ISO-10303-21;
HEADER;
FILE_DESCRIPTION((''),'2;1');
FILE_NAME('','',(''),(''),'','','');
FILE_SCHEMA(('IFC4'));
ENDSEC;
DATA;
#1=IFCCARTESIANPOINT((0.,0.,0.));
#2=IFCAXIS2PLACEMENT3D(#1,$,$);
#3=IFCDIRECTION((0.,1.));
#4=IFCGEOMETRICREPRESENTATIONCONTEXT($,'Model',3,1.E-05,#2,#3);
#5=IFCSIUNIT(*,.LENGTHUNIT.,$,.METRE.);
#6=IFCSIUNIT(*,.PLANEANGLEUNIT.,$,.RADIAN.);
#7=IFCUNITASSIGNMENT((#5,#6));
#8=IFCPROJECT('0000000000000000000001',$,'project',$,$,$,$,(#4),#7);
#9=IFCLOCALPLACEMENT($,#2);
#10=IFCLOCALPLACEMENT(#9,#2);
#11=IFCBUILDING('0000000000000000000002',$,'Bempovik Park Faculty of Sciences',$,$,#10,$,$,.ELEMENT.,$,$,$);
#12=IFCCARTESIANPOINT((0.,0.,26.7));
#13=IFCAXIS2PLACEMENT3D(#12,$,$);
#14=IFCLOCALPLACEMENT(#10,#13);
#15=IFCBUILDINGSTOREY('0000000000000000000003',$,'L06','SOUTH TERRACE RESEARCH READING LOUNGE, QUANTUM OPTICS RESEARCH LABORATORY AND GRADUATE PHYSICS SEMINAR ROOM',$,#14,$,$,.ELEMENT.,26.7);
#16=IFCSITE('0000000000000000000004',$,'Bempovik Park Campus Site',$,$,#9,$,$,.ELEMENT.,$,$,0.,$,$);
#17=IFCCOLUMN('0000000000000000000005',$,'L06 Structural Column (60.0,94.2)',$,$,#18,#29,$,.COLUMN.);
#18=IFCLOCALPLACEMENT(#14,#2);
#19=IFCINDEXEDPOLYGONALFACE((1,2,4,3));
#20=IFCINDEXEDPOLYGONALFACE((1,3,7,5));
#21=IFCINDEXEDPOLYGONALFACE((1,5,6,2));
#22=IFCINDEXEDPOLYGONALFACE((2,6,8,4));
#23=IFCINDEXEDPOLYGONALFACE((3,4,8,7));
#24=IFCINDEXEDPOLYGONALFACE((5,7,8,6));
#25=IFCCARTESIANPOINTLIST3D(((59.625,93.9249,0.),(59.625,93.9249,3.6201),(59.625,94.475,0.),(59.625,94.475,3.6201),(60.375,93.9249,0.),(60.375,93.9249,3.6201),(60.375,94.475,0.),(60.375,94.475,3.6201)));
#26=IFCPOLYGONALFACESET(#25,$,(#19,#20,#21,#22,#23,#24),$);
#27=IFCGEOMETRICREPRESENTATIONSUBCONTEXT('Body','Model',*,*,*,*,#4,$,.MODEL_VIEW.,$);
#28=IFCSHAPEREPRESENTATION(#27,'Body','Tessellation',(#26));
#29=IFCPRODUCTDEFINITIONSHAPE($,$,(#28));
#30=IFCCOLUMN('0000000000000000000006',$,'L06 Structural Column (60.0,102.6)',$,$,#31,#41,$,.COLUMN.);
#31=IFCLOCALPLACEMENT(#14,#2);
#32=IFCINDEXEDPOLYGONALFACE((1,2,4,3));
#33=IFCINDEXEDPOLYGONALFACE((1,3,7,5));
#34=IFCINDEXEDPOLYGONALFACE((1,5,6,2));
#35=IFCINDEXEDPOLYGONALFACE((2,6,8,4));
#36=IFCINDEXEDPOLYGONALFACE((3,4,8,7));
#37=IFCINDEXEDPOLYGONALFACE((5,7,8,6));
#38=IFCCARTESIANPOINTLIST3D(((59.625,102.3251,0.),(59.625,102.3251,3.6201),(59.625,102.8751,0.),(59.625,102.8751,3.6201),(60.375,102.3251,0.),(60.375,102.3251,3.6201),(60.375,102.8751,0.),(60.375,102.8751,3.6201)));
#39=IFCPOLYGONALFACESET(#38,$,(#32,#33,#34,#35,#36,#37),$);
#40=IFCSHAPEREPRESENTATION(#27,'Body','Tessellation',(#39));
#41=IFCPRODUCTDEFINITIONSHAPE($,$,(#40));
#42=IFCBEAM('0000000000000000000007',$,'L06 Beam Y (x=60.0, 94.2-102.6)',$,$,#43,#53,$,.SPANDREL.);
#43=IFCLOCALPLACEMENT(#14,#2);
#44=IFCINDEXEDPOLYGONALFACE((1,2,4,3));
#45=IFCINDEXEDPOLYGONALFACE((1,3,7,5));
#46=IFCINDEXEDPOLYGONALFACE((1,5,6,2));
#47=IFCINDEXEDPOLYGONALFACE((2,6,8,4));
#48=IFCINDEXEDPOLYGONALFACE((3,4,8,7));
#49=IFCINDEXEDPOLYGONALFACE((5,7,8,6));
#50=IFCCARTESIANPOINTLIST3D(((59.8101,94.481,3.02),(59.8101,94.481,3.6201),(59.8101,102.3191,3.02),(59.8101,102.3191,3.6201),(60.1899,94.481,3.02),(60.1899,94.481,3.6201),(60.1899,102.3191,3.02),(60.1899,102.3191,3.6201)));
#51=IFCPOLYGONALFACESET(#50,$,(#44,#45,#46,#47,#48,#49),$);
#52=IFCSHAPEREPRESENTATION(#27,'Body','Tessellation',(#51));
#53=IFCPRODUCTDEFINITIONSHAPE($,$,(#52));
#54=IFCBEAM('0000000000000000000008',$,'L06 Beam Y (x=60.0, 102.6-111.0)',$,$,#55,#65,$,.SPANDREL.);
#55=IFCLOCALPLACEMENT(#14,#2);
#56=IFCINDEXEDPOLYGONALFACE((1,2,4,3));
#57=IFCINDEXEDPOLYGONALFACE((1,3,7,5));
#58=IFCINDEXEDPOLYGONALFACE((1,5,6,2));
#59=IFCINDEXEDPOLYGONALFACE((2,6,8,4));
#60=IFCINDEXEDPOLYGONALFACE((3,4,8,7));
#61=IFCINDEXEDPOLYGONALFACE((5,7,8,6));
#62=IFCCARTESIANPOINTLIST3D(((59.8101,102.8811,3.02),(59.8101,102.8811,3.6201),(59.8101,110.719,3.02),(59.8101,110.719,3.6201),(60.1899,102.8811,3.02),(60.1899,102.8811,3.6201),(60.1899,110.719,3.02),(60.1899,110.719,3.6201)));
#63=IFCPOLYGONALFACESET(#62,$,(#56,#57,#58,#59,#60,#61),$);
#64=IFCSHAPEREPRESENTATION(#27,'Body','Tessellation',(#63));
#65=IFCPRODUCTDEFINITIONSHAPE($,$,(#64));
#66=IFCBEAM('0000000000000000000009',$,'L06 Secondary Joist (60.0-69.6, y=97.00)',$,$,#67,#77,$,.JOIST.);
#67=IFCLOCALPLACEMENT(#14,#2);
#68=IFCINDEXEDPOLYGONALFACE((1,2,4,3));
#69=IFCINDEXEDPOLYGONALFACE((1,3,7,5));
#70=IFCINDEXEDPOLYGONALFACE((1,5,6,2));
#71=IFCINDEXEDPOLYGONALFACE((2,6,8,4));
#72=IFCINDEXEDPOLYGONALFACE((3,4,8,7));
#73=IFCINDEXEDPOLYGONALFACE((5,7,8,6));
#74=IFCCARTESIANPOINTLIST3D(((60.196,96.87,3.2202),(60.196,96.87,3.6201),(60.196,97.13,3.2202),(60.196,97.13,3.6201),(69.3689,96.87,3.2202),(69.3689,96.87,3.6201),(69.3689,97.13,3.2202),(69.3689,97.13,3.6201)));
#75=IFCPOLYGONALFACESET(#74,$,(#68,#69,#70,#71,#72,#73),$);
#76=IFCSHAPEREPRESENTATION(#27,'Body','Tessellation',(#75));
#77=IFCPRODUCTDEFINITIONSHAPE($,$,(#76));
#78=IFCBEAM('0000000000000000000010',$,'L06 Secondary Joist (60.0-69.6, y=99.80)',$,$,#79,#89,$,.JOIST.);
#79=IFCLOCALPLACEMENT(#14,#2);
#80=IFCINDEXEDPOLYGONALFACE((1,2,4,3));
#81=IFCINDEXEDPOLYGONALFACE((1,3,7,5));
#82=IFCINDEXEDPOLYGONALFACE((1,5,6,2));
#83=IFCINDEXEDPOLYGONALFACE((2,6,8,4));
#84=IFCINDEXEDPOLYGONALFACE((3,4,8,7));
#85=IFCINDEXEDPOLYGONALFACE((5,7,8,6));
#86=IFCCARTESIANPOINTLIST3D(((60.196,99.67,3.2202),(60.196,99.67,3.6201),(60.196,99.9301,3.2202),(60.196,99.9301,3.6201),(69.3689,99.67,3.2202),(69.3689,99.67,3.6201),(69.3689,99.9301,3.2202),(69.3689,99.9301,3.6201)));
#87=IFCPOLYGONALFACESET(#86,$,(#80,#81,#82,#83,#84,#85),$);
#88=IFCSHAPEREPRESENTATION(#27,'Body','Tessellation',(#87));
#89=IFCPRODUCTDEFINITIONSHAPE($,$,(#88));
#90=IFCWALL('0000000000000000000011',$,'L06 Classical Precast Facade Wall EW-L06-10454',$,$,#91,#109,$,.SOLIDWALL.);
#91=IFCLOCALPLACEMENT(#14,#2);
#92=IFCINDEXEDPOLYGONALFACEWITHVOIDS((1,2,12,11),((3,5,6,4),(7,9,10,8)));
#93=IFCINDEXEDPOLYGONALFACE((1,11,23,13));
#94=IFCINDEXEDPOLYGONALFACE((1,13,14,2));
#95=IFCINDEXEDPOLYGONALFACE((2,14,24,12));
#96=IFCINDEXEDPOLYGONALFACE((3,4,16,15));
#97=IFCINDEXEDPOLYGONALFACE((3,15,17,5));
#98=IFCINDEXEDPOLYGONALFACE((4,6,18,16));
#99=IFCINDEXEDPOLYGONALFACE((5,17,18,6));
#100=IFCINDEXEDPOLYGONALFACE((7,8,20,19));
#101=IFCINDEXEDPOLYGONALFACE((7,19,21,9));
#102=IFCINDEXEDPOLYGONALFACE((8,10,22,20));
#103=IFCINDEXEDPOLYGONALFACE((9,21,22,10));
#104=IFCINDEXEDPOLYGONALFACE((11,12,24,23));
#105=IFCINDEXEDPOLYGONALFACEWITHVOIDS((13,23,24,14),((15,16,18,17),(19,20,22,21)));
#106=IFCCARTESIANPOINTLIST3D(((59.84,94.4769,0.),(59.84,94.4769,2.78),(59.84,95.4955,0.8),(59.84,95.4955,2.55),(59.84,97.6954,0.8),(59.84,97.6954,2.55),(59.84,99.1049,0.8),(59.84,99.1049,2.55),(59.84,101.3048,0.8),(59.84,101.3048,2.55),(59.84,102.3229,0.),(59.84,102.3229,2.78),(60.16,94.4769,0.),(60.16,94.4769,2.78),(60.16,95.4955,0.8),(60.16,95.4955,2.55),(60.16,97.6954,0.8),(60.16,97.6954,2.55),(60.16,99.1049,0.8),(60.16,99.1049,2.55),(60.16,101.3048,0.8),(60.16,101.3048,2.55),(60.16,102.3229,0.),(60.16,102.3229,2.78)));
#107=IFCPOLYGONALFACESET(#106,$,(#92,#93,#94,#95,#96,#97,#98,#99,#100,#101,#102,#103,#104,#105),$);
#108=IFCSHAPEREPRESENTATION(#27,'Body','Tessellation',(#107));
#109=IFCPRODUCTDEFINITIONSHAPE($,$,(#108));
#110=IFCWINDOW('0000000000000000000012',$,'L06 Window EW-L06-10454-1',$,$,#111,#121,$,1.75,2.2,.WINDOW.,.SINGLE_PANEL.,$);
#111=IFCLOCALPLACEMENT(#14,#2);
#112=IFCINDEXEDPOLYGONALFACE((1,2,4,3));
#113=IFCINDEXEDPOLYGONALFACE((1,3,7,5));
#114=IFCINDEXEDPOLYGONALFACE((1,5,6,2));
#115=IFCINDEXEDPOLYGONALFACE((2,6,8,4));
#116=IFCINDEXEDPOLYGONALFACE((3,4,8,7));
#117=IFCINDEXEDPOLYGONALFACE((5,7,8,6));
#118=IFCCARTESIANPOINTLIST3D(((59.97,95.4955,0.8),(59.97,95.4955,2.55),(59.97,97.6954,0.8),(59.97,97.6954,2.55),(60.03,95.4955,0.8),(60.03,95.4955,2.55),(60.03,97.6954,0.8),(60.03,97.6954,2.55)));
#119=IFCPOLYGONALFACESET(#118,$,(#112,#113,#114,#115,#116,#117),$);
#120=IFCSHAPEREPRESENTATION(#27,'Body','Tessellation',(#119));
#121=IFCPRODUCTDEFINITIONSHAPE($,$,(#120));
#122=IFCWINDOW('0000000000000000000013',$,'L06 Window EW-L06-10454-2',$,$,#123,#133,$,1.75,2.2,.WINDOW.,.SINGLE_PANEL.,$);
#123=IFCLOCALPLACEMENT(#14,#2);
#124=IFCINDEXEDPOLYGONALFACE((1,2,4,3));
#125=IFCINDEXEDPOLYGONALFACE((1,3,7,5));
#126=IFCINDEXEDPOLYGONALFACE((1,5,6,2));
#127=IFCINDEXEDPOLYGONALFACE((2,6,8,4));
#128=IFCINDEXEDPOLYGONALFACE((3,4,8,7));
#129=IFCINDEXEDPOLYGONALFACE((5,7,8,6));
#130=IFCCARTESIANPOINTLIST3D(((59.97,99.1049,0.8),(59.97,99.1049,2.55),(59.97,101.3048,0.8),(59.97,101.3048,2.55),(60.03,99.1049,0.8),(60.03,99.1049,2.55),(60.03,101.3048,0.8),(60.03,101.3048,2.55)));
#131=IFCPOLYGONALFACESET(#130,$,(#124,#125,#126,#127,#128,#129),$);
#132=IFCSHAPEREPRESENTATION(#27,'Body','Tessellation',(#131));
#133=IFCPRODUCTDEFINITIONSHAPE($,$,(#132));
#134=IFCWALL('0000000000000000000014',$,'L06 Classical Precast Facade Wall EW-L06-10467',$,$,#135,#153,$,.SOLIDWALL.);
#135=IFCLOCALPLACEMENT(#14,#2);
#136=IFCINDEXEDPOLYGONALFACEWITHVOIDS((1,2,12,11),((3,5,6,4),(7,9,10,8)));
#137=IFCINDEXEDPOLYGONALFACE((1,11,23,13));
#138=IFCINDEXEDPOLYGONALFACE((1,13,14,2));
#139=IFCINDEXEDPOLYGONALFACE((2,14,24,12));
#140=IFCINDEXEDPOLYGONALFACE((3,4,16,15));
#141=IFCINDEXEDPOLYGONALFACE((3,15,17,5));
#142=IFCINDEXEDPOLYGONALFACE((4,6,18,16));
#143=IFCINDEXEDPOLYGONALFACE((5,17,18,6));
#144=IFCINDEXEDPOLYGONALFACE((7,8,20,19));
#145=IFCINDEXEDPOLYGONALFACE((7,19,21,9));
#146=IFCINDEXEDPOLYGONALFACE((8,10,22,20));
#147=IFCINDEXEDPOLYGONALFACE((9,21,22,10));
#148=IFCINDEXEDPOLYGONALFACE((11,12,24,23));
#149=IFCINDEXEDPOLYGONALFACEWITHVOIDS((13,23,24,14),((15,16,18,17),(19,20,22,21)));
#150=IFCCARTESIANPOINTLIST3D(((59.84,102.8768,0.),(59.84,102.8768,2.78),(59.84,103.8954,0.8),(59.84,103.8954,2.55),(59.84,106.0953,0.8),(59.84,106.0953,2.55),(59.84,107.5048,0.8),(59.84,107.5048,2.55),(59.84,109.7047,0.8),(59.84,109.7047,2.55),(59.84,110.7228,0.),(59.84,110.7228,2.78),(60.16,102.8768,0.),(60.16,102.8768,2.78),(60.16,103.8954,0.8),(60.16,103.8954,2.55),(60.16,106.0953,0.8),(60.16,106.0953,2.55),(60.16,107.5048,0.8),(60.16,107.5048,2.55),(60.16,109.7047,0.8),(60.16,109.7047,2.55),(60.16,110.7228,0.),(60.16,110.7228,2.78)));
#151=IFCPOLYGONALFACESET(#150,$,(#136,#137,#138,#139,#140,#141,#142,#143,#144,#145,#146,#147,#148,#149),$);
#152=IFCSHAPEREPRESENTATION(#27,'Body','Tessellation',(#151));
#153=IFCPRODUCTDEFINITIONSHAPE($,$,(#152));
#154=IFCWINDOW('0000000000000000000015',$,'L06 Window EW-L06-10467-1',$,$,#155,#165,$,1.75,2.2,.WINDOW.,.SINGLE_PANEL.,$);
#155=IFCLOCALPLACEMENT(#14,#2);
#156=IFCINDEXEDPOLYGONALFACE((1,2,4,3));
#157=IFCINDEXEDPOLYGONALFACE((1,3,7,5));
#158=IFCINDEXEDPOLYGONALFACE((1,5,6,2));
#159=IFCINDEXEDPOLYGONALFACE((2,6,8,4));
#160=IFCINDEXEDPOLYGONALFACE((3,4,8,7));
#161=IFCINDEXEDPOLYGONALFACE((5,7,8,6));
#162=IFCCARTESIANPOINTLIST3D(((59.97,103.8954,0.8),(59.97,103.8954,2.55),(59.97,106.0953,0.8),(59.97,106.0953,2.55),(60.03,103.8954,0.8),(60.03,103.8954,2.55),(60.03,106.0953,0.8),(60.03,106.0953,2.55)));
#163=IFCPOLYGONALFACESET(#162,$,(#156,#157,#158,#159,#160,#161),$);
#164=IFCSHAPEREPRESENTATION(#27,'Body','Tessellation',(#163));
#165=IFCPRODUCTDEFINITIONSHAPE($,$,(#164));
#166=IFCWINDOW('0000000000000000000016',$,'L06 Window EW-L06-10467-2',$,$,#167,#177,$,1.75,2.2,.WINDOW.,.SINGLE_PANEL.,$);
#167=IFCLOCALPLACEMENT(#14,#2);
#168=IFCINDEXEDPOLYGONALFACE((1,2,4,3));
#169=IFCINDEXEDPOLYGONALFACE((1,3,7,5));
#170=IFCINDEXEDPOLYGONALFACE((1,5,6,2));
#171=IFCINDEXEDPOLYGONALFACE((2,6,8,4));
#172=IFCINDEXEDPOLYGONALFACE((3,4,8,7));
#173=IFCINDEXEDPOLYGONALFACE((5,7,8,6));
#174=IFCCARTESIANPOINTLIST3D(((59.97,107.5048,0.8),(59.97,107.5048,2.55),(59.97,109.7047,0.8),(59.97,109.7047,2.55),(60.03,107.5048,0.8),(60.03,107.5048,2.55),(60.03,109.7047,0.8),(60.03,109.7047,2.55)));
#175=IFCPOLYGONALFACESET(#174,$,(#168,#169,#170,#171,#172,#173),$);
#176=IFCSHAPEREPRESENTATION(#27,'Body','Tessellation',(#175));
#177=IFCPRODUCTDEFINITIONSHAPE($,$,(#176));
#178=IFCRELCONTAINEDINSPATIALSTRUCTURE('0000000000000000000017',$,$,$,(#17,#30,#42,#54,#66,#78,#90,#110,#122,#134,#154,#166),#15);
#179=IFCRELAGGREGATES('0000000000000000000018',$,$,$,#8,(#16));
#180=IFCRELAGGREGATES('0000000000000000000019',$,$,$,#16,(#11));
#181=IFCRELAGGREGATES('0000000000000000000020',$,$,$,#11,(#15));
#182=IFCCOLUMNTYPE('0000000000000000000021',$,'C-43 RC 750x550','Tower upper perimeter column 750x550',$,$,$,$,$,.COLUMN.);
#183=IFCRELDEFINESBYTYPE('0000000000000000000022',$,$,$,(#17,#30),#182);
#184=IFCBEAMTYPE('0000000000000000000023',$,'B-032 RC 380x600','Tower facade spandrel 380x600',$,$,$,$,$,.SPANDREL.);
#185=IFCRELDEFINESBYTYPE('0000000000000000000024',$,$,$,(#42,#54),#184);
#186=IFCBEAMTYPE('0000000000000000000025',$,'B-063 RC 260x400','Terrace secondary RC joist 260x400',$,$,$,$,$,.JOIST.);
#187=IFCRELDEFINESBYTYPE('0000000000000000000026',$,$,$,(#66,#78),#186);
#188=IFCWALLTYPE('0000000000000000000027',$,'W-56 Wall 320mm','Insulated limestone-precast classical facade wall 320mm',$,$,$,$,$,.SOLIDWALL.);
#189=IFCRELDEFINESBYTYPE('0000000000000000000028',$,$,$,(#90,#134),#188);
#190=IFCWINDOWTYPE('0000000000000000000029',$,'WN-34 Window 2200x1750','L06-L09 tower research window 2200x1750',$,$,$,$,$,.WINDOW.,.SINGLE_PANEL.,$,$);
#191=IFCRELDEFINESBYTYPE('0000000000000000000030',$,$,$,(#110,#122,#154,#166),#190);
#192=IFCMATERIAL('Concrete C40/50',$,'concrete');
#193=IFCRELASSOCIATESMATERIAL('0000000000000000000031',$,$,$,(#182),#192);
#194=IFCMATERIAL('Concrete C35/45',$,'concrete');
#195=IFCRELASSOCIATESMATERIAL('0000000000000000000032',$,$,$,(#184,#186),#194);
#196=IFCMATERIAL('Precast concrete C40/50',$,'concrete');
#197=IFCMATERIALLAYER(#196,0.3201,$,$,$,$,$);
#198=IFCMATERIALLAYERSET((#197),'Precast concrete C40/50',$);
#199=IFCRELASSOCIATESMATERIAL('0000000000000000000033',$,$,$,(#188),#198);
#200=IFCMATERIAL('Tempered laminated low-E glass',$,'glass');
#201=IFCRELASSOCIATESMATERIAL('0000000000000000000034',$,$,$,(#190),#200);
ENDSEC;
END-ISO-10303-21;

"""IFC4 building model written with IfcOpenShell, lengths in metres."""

from ifc_helpers import new_model, si_unit, direction, frame, frame_2d, origin, origin_2d, place, context, subcontext, project, spatial, rectangle, extrude, material, layer, layer_set, material_profile, profile_set, type_object, element, fill, save


model = new_model("IFC4")

# Units and contexts
model_context = context("Model", 3, precision=1e-05, world=origin(), true_north=direction((0.0, 1.0)))
body_context = subcontext(model_context, "Body", "Model", "MODEL_VIEW")
ifc_project = project(units=[si_unit("LENGTHUNIT", "METRE"), si_unit("PLANEANGLEUNIT", "RADIAN")], contexts=[model_context])

# Site, building, storey
site_placement = place(None, origin())
site = spatial("IfcSite", under=ifc_project, at=site_placement, Name="Bempovik Park Campus Site", CompositionType="ELEMENT", RefElevation=0.0)
building_placement = place(site_placement, origin())
building = spatial("IfcBuilding", under=site, at=building_placement, Name="Bempovik Park Faculty of Sciences", CompositionType="ELEMENT")
storey_placement = place(building_placement, frame((0.0, 0.0, 26.7)))
storey = spatial("IfcBuildingStorey", under=building, at=storey_placement, Name="L06", Description="SOUTH TERRACE RESEARCH READING LOUNGE, QUANTUM OPTICS RESEARCH LABORATORY AND GRADUATE PHYSICS SEMINAR ROOM", CompositionType="ELEMENT", Elevation=26.7)

# Columns
ifc_material_1 = material(Name="Concrete C40/50", Category="concrete")
ifc_material_profile_1 = material_profile(ifc_material_1, rectangle(XDim=0.75, YDim=0.55, at=origin_2d()), Name="RC 750x550")
ifc_profile_set_1 = profile_set([ifc_material_profile_1], Name="Concrete C40/50")
column_type = type_object("IfcColumnType", Name="C-43 RC 750x550", Description="Tower upper perimeter column 750x550", PredefinedType="COLUMN", material=ifc_profile_set_1)
for number, where, z_axis, x_axis, name in (
    (1, (60.0, 94.2, 0.0), (0.0, 0.0, 1.0), (1.0, 0.0, 0.0), "L06 Structural Column (60.0,94.2)"),
    (2, (60.0, 102.6001, 0.0), (0.0, 0.0, 1.0), (1.0, 0.0, 0.0), "L06 Structural Column (60.0,102.6)"),
):
    element("IfcColumn", number, at=place(storey_placement, frame(where, z_axis=z_axis, x_axis=x_axis)), inside=storey, type_object=column_type, Name=name, PredefinedType="COLUMN", context=body_context, shape_type="SweptSolid", body=[
        extrude(rectangle(XDim=0.75, YDim=0.55, at=origin_2d()), origin(), (0.0, 0.0, 1.0), 3.6201),
    ])

# Beams
ifc_material_2 = material(Name="Concrete C35/45", Category="concrete")
ifc_material_profile_2 = material_profile(ifc_material_2, rectangle(XDim=0.3799, YDim=0.6001, at=origin_2d()), Name="RC 380x600")
ifc_profile_set_2 = profile_set([ifc_material_profile_2], Name="Concrete C35/45")
beam_type_1 = type_object("IfcBeamType", Name="B-032 RC 380x600", Description="Tower facade spandrel 380x600", PredefinedType="SPANDREL", material=ifc_profile_set_2)
beam_1_placement = place(storey_placement, frame((60.0, 94.481, 3.3201), z_axis=(0.0, 1.0, 0.0), x_axis=(-1.0, 0.0, 0.0)))
element("IfcBeam", 3, at=beam_1_placement, inside=storey, type_object=beam_type_1, Name="L06 Beam Y (x=60.0, 94.2-102.6)", PredefinedType="SPANDREL", context=body_context, shape_type="SweptSolid", body=[
    extrude(rectangle(XDim=0.3799, YDim=0.6001, at=origin_2d()), origin(), (0.0, 0.0, 1.0), 7.8381),
])
beam_2_placement = place(storey_placement, frame((60.0, 102.8811, 3.3201), z_axis=(0.0, 1.0, 0.0), x_axis=(-1.0, 0.0, 0.0)))
element("IfcBeam", 4, at=beam_2_placement, inside=storey, type_object=beam_type_1, Name="L06 Beam Y (x=60.0, 102.6-111.0)", PredefinedType="SPANDREL", context=body_context, shape_type="SweptSolid", body=[
    extrude(rectangle(XDim=0.3799, YDim=0.6001, at=origin_2d()), origin(), (0.0, 0.0, 1.0), 7.8379),
])
ifc_material_profile_3 = material_profile(ifc_material_2, rectangle(XDim=0.26, YDim=0.3999, at=origin_2d()), Name="RC 260x400")
ifc_profile_set_3 = profile_set([ifc_material_profile_3], Name="Concrete C35/45")
beam_type_2 = type_object("IfcBeamType", Name="B-063 RC 260x400", Description="Terrace secondary RC joist 260x400", PredefinedType="JOIST", material=ifc_profile_set_3)
for number, where, z_axis, x_axis, name in (
    (5, (60.196, 97.0, 3.4202), (1.0, 0.0, 0.0), (0.0, 1.0, 0.0), "L06 Secondary Joist (60.0-69.6, y=97.00)"),
    (6, (60.196, 99.8, 3.4202), (1.0, 0.0, 0.0), (0.0, 1.0, 0.0), "L06 Secondary Joist (60.0-69.6, y=99.80)"),
):
    element("IfcBeam", number, at=place(storey_placement, frame(where, z_axis=z_axis, x_axis=x_axis)), inside=storey, type_object=beam_type_2, Name=name, PredefinedType="JOIST", context=body_context, shape_type="SweptSolid", body=[
        extrude(rectangle(XDim=0.26, YDim=0.3999, at=origin_2d()), origin(), (0.0, 0.0, 1.0), 9.1729),
    ])

# Walls, openings, windows
ifc_material_3 = material(Name="Precast concrete C40/50", Category="concrete")
ifc_layer_1 = layer(ifc_material_3, 0.3201)
ifc_layer_set_1 = layer_set([ifc_layer_1], Name="Precast concrete C40/50")
wall_type = type_object("IfcWallType", Name="W-56 Wall 320mm", Description="Insulated limestone-precast classical facade wall 320mm", PredefinedType="SOLIDWALL", material=ifc_layer_set_1)
wall_1_placement = place(storey_placement, frame((60.0, 94.4771, 0.0), z_axis=(0.0, 0.0, 1.0), x_axis=(0.0, 1.0, 0.0)))
wall_1 = element("IfcWall", 7, at=wall_1_placement, inside=storey, type_object=wall_type, Name="L06 Classical Precast Facade Wall EW-L06-10454", PredefinedType="SOLIDWALL", context=body_context, shape_type="SweptSolid", body=[
    extrude(rectangle(XDim=7.8459, YDim=0.3201, at=frame_2d((3.9229, 0.0))), origin(), (0.0, 0.0, 1.0), 2.78),
])
opening_1_placement = place(wall_1_placement, frame((1.0183, 0.0, 0.8)))
opening_1 = element("IfcOpeningElement", 8, at=opening_1_placement, cuts=wall_1, PredefinedType="OPENING", context=body_context, shape_type="SweptSolid", body=[
    extrude(rectangle(XDim=2.2, YDim=1.75, at=frame_2d((1.1001, 0.875))), frame((0.0, 0.1699, 0.0), z_axis=(0.0, -1.0, 0.0), x_axis=(1.0, 0.0, 0.0)), (0.0, 0.0, 1.0), 0.3401),
])
opening_2_placement = place(wall_1_placement, frame((4.6277, 0.0, 0.8)))
opening_2 = element("IfcOpeningElement", 9, at=opening_2_placement, cuts=wall_1, PredefinedType="OPENING", context=body_context, shape_type="SweptSolid", body=[
    extrude(rectangle(XDim=2.2, YDim=1.75, at=frame_2d((1.1001, 0.875))), frame((0.0, 0.1699, 0.0), z_axis=(0.0, -1.0, 0.0), x_axis=(1.0, 0.0, 0.0)), (0.0, 0.0, 1.0), 0.3401),
])
ifc_material_4 = material(Name="Tempered laminated low-E glass", Category="glass")
window_type = type_object("IfcWindowType", Name="WN-34 Window 2200x1750", Description="L06-L09 tower research window 2200x1750", PartitioningType="SINGLE_PANEL", PredefinedType="WINDOW", material=ifc_material_4)
window_1_placement = place(opening_1_placement, origin())
window_1 = element("IfcWindow", 10, at=window_1_placement, inside=storey, type_object=window_type, Name="L06 Window EW-L06-10454-1", OverallHeight=1.75, OverallWidth=2.2, PartitioningType="SINGLE_PANEL", PredefinedType="WINDOW", context=body_context, shape_type="SweptSolid", body=[
    extrude(rectangle(XDim=2.2, YDim=1.75, at=frame_2d((1.1001, 0.875))), frame((0.0, 0.03, 0.0), z_axis=(0.0, -1.0, 0.0), x_axis=(1.0, 0.0, 0.0)), (0.0, 0.0, 1.0), 0.0601),
])
fill(opening_1, window_1)
window_2_placement = place(opening_2_placement, origin())
window_2 = element("IfcWindow", 11, at=window_2_placement, inside=storey, type_object=window_type, Name="L06 Window EW-L06-10454-2", OverallHeight=1.75, OverallWidth=2.2, PartitioningType="SINGLE_PANEL", PredefinedType="WINDOW", context=body_context, shape_type="SweptSolid", body=[
    extrude(rectangle(XDim=2.2, YDim=1.75, at=frame_2d((1.1001, 0.875))), frame((0.0, 0.03, 0.0), z_axis=(0.0, -1.0, 0.0), x_axis=(1.0, 0.0, 0.0)), (0.0, 0.0, 1.0), 0.0601),
])
fill(opening_2, window_2)
wall_2_placement = place(storey_placement, frame((60.0, 102.877, 0.0), z_axis=(0.0, 0.0, 1.0), x_axis=(0.0, 1.0, 0.0)))
wall_2 = element("IfcWall", 12, at=wall_2_placement, inside=storey, type_object=wall_type, Name="L06 Classical Precast Facade Wall EW-L06-10467", PredefinedType="SOLIDWALL", context=body_context, shape_type="SweptSolid", body=[
    extrude(rectangle(XDim=7.8459, YDim=0.3201, at=frame_2d((3.9229, 0.0))), origin(), (0.0, 0.0, 1.0), 2.78),
])
opening_3_placement = place(wall_2_placement, frame((1.0183, 0.0, 0.8)))
opening_3 = element("IfcOpeningElement", 13, at=opening_3_placement, cuts=wall_2, PredefinedType="OPENING", context=body_context, shape_type="SweptSolid", body=[
    extrude(rectangle(XDim=2.2, YDim=1.75, at=frame_2d((1.1001, 0.875))), frame((0.0, 0.1699, 0.0), z_axis=(0.0, -1.0, 0.0), x_axis=(1.0, 0.0, 0.0)), (0.0, 0.0, 1.0), 0.3401),
])
opening_4_placement = place(wall_2_placement, frame((4.6277, 0.0, 0.8)))
opening_4 = element("IfcOpeningElement", 14, at=opening_4_placement, cuts=wall_2, PredefinedType="OPENING", context=body_context, shape_type="SweptSolid", body=[
    extrude(rectangle(XDim=2.2, YDim=1.75, at=frame_2d((1.1001, 0.875))), frame((0.0, 0.1699, 0.0), z_axis=(0.0, -1.0, 0.0), x_axis=(1.0, 0.0, 0.0)), (0.0, 0.0, 1.0), 0.3401),
])
window_3_placement = place(opening_3_placement, origin())
window_3 = element("IfcWindow", 15, at=window_3_placement, inside=storey, type_object=window_type, Name="L06 Window EW-L06-10467-1", OverallHeight=1.75, OverallWidth=2.2, PartitioningType="SINGLE_PANEL", PredefinedType="WINDOW", context=body_context, shape_type="SweptSolid", body=[
    extrude(rectangle(XDim=2.2, YDim=1.75, at=frame_2d((1.1001, 0.875))), frame((0.0, 0.03, 0.0), z_axis=(0.0, -1.0, 0.0), x_axis=(1.0, 0.0, 0.0)), (0.0, 0.0, 1.0), 0.0601),
])
fill(opening_3, window_3)
window_4_placement = place(opening_4_placement, origin())
window_4 = element("IfcWindow", 16, at=window_4_placement, inside=storey, type_object=window_type, Name="L06 Window EW-L06-10467-2", OverallHeight=1.75, OverallWidth=2.2, PartitioningType="SINGLE_PANEL", PredefinedType="WINDOW", context=body_context, shape_type="SweptSolid", body=[
    extrude(rectangle(XDim=2.2, YDim=1.75, at=frame_2d((1.1001, 0.875))), frame((0.0, 0.03, 0.0), z_axis=(0.0, -1.0, 0.0), x_axis=(1.0, 0.0, 0.0)), (0.0, 0.0, 1.0), 0.0601),
])
fill(opening_4, window_4)

save(model, "model.ifc")
